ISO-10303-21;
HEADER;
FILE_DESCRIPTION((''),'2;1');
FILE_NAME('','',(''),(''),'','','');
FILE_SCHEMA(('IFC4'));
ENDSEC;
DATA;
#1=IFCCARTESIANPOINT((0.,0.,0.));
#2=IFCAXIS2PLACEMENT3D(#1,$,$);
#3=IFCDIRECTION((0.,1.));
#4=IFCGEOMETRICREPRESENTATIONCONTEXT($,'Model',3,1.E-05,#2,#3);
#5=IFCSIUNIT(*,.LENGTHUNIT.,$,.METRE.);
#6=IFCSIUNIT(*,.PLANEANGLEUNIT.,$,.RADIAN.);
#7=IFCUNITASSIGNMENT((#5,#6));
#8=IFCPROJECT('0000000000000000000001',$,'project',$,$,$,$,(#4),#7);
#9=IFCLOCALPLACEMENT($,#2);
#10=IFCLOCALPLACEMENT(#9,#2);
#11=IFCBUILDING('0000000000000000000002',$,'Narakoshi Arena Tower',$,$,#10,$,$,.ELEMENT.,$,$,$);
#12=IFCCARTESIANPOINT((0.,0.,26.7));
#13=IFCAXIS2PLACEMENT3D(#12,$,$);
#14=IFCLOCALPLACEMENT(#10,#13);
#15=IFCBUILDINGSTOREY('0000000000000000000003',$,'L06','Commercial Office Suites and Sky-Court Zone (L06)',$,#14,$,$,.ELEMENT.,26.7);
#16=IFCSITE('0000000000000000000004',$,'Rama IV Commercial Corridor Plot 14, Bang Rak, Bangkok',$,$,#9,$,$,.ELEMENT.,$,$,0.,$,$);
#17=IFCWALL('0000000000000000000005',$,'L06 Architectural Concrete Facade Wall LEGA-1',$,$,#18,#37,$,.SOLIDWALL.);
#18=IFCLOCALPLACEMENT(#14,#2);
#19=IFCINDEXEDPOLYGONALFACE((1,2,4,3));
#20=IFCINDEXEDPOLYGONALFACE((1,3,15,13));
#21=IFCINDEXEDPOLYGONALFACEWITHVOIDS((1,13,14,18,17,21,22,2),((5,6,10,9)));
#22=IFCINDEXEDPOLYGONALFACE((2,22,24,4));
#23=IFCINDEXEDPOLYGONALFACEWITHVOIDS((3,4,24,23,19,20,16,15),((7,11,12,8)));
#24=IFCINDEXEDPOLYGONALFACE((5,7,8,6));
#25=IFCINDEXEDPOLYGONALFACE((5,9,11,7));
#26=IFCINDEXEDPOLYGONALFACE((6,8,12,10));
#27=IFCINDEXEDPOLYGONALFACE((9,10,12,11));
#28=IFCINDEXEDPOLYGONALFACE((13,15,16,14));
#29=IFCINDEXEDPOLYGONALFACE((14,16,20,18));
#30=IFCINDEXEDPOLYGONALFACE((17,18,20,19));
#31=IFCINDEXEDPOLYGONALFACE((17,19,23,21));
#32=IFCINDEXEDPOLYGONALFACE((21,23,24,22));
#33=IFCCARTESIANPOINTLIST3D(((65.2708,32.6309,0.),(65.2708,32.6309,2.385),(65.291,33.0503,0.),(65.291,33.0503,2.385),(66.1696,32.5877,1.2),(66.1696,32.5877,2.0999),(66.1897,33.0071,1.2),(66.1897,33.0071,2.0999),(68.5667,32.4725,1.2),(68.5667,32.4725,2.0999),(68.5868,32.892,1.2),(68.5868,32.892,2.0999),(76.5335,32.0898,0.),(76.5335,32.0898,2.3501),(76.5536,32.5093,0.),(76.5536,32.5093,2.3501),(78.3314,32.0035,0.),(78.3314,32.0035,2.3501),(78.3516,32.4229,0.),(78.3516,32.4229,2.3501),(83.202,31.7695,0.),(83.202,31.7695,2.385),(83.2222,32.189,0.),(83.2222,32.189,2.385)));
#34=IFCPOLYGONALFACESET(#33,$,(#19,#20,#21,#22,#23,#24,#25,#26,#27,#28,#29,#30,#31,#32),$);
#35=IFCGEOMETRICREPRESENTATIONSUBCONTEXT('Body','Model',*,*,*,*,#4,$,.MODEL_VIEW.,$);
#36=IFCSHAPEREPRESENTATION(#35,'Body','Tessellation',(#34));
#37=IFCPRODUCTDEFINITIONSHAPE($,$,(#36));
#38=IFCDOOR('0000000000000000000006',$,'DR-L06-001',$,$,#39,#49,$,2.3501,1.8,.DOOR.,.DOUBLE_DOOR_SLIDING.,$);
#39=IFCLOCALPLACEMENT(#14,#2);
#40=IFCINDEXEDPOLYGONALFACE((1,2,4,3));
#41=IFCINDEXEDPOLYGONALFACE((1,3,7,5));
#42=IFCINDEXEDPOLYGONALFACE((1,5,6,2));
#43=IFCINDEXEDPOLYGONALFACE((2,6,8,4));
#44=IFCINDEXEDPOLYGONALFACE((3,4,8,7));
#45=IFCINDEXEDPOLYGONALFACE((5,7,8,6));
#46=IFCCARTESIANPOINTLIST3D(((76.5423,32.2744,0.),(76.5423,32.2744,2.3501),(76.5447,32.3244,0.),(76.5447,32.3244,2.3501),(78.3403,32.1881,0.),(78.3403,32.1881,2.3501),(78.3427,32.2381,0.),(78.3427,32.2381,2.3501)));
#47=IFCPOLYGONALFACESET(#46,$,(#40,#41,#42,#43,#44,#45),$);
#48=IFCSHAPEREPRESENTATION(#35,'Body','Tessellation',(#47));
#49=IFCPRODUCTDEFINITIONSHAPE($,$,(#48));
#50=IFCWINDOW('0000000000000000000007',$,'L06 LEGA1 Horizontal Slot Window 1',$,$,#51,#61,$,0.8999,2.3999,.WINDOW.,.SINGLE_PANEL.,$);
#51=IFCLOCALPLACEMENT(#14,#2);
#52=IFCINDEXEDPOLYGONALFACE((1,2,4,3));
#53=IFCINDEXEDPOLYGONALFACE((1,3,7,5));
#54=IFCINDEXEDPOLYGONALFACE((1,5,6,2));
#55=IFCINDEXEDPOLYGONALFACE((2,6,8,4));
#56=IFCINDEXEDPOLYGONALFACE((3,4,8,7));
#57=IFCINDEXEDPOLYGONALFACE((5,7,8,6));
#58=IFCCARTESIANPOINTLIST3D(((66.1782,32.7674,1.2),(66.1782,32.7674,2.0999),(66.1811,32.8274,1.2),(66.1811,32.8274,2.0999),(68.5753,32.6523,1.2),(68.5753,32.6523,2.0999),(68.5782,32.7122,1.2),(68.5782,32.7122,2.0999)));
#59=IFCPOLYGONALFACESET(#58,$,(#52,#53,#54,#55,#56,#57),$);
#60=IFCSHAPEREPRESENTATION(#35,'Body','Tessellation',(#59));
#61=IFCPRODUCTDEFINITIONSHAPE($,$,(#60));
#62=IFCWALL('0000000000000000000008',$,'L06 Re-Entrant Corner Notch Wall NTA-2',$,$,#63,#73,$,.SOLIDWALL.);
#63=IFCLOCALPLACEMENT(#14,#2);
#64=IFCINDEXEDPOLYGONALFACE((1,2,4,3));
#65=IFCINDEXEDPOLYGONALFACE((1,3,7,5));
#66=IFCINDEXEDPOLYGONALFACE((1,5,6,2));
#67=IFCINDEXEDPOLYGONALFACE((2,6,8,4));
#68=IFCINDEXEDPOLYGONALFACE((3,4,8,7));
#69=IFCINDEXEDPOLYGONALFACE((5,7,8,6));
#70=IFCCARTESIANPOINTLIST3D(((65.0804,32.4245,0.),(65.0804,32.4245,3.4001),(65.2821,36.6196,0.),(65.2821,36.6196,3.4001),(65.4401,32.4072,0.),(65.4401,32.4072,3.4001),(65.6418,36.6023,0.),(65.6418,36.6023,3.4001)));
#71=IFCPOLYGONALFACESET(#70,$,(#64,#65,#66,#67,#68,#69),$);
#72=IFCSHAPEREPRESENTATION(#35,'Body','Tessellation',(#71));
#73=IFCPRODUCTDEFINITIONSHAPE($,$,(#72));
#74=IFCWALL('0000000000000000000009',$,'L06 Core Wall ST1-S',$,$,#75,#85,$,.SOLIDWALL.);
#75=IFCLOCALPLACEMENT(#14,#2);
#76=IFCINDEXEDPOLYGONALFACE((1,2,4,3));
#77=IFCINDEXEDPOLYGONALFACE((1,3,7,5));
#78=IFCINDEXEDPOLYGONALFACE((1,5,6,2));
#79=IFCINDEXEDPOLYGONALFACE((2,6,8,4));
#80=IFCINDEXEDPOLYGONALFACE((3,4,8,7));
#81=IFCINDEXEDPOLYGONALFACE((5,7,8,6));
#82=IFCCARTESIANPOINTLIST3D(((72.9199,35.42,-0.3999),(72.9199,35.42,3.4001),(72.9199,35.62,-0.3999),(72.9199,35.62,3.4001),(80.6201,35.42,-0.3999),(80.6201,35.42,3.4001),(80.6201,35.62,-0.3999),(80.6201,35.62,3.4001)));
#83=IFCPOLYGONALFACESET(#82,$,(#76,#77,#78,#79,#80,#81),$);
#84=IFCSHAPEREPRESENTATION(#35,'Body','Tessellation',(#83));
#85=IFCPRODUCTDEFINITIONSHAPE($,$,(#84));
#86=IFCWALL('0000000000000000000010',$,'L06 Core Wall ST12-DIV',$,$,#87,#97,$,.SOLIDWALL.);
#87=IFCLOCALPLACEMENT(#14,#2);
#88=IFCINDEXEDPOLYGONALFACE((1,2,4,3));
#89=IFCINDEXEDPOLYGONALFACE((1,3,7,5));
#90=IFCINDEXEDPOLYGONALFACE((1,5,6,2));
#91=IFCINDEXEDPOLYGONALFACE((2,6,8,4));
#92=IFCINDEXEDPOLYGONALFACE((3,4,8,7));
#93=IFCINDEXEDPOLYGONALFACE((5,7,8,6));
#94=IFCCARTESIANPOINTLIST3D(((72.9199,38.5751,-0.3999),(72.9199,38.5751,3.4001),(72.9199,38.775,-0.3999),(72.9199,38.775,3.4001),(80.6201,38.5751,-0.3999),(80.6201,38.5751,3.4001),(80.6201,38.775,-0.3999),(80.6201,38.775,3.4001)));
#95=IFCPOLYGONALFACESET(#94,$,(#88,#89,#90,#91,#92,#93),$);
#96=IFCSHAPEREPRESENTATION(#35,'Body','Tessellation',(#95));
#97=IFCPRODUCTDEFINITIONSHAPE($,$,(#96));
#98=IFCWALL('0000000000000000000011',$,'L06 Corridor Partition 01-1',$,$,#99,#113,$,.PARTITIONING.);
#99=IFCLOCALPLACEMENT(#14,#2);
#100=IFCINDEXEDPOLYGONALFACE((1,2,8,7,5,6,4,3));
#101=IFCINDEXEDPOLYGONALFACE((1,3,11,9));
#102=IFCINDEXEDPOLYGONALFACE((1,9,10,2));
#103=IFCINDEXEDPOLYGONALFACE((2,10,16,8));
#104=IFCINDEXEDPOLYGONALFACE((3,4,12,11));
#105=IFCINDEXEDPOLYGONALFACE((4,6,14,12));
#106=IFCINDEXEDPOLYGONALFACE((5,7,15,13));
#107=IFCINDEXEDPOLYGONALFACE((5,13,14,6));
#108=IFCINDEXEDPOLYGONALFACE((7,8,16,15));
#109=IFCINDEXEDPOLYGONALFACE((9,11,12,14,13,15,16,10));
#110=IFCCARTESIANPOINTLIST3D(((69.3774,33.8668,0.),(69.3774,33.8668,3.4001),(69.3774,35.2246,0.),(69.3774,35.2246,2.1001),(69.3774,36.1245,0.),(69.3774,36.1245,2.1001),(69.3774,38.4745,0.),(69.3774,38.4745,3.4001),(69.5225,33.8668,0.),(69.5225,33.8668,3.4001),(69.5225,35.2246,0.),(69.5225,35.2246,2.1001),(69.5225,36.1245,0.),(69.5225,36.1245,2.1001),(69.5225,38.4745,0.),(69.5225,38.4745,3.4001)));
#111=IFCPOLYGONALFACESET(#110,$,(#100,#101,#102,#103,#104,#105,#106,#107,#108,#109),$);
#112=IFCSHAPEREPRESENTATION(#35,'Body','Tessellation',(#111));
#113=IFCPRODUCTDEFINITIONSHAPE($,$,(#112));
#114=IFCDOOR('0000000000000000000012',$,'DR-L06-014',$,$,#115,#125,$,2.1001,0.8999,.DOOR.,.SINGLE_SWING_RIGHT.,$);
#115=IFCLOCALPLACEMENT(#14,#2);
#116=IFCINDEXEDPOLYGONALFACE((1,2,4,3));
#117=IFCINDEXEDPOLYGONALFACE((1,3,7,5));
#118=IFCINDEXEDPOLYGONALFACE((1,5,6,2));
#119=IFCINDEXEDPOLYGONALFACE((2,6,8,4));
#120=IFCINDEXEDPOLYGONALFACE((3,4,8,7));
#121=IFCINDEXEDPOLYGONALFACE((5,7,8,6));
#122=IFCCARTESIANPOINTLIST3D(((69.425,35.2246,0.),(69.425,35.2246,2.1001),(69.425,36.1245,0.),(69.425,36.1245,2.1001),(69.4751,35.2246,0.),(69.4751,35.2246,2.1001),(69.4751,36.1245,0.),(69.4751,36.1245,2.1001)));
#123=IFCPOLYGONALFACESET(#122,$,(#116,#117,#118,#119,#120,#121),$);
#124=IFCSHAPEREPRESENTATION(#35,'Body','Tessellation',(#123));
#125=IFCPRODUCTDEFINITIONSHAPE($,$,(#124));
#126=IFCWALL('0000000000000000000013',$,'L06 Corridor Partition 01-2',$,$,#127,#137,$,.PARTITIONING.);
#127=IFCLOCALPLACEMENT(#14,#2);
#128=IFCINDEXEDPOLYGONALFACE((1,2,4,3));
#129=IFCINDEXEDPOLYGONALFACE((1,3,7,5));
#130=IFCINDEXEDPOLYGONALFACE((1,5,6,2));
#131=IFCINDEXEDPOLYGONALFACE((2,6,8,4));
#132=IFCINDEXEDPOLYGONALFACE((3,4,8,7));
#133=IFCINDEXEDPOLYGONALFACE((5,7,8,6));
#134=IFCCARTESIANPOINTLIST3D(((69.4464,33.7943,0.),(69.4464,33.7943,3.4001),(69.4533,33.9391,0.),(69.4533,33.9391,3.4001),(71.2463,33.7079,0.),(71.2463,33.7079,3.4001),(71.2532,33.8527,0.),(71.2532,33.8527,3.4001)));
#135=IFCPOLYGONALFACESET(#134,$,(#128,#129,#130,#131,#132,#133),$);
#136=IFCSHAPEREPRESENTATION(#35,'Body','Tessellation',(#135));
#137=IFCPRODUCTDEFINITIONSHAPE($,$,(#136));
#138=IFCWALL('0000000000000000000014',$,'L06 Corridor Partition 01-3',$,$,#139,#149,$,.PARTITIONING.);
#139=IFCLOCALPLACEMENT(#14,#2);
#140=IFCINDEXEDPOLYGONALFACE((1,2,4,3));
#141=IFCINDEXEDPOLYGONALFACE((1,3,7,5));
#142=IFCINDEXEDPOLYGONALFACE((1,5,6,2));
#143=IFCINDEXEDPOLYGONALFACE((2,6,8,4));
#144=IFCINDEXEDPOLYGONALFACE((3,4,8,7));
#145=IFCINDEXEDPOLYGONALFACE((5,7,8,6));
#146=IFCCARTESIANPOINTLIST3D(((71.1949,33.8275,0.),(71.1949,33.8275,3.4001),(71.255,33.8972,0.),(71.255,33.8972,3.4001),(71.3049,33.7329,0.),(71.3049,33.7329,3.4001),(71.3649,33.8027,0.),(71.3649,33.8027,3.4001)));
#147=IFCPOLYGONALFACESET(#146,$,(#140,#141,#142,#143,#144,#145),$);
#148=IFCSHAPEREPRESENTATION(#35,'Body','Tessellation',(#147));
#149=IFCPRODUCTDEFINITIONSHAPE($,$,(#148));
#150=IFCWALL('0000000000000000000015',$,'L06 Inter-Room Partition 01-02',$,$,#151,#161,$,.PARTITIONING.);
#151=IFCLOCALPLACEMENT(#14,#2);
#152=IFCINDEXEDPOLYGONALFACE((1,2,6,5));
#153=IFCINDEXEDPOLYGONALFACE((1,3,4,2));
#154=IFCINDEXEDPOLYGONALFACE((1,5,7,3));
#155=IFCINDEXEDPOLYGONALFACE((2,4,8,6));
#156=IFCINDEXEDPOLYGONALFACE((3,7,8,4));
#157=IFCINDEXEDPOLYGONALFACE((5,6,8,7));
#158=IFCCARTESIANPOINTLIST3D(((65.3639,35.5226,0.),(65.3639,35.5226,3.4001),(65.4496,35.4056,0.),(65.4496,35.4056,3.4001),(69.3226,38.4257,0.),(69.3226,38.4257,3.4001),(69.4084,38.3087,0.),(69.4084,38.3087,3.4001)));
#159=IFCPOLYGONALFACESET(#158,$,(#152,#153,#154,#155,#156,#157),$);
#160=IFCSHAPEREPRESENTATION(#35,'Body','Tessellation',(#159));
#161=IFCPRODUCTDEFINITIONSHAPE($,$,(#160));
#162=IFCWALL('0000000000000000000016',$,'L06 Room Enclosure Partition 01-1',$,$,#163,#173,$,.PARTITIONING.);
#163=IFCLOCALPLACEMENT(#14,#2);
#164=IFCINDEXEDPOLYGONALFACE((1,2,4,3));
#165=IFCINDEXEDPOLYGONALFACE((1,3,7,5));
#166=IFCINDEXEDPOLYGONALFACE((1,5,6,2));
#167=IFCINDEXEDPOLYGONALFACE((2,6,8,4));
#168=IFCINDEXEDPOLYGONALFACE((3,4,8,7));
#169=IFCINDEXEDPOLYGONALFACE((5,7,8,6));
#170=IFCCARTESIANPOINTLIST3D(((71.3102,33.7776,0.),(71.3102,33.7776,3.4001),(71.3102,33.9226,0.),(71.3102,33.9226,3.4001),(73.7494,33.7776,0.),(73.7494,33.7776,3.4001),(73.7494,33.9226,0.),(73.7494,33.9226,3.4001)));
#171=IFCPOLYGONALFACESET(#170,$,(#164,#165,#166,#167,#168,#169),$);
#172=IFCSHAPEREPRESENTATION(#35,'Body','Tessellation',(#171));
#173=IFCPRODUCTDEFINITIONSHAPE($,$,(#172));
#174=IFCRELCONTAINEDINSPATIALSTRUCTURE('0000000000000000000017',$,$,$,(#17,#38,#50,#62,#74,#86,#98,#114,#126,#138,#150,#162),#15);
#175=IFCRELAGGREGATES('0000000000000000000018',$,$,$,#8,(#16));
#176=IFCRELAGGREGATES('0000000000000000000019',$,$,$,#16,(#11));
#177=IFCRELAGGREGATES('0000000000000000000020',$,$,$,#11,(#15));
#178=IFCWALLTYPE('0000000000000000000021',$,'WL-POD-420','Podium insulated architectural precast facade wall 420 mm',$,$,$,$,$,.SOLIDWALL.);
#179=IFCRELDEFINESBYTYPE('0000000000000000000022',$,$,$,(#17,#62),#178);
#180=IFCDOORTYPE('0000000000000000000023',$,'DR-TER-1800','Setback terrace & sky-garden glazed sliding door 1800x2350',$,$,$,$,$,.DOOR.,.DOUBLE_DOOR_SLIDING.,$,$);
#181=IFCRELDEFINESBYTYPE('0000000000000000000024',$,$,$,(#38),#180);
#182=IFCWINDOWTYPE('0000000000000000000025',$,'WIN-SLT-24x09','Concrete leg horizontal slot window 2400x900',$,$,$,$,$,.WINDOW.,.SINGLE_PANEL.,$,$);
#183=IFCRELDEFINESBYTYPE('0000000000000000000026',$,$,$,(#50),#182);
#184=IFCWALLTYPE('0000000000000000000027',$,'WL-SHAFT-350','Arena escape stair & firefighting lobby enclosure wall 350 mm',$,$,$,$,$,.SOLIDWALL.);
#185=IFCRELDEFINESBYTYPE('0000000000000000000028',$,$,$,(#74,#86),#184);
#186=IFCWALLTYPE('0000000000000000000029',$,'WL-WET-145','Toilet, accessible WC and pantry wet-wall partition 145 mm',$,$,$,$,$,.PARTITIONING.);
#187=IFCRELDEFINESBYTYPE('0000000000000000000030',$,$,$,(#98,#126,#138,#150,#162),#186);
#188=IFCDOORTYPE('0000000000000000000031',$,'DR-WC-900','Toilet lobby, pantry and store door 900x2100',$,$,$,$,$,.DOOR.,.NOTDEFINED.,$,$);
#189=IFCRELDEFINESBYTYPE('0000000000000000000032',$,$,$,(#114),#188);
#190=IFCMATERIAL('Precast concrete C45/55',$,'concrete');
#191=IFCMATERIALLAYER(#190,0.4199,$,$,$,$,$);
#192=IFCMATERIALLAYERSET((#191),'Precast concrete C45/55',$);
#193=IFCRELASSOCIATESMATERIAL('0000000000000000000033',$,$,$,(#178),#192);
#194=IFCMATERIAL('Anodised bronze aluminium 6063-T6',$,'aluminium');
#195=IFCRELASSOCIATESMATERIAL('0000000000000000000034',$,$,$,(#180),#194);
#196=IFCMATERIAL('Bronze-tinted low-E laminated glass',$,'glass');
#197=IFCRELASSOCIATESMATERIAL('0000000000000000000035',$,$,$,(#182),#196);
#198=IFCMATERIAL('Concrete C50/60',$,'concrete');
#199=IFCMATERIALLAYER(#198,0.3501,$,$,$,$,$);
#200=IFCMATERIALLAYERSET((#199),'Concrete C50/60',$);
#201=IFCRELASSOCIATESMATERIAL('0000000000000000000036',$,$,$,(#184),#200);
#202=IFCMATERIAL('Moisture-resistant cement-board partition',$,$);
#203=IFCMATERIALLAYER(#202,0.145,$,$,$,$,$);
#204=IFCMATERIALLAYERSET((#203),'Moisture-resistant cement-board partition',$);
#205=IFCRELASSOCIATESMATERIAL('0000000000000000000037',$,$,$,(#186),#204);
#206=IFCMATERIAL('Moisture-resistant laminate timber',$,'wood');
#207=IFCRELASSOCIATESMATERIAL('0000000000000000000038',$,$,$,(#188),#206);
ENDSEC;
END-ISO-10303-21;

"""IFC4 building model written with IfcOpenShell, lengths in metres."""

from ifc_helpers import new_model, si_unit, direction, frame, frame_2d, origin, place, context, subcontext, project, spatial, rectangle, extrude, material, layer, layer_set, type_object, element, fill, save


model = new_model("IFC4")

# Units and contexts
model_context = context("Model", 3, precision=1e-05, world=origin(), true_north=direction((0.0, 1.0)))
body_context = subcontext(model_context, "Body", "Model", "MODEL_VIEW")
ifc_project = project(units=[si_unit("LENGTHUNIT", "METRE"), si_unit("PLANEANGLEUNIT", "RADIAN")], contexts=[model_context])

# Site, building, storey
site_placement = place(None, origin())
site = spatial("IfcSite", under=ifc_project, at=site_placement, Name="Rama IV Commercial Corridor Plot 14, Bang Rak, Bangkok", CompositionType="ELEMENT", RefElevation=0.0)
building_placement = place(site_placement, origin())
building = spatial("IfcBuilding", under=site, at=building_placement, Name="Narakoshi Arena Tower", CompositionType="ELEMENT")
storey_placement = place(building_placement, frame((0.0, 0.0, 26.7)))
storey = spatial("IfcBuildingStorey", under=building, at=storey_placement, Name="L06", Description="Commercial Office Suites and Sky-Court Zone (L06)", CompositionType="ELEMENT", Elevation=26.7)

# Wall, openings, door, window
ifc_material_1 = material(Name="Precast concrete C45/55", Category="concrete")
ifc_layer_1 = layer(ifc_material_1, 0.4199)
ifc_layer_set_1 = layer_set([ifc_layer_1], Name="Precast concrete C45/55")
wall_type_1 = type_object("IfcWallType", Name="WL-POD-420", Description="Podium insulated architectural precast facade wall 420 mm", PredefinedType="SOLIDWALL", material=ifc_layer_set_1)
wall_1_placement = place(storey_placement, frame((65.2808, 32.8406, 0.0), z_axis=(0.0, 0.0, 1.0), x_axis=(0.998848, -0.04798, 0.0)))
wall_1 = element("IfcWall", 1, at=wall_1_placement, inside=storey, type_object=wall_type_1, Name="L06 Architectural Concrete Facade Wall LEGA-1", PredefinedType="SOLIDWALL", context=body_context, shape_type="SweptSolid", body=[
    extrude(rectangle(XDim=17.9519, YDim=0.4199, at=frame_2d((8.9761, 0.0))), origin(), (0.0, 0.0, 1.0), 2.385),
])
opening_1_placement = place(wall_1_placement, frame((11.2759, 0.0, 0.0)))
opening_1 = element("IfcOpeningElement", 2, at=opening_1_placement, cuts=wall_1, PredefinedType="OPENING", context=body_context, shape_type="SweptSolid", body=[
    extrude(rectangle(XDim=1.8, YDim=2.3501, at=frame_2d((0.8999, 1.175))), frame((0.0, 0.22, 0.0), z_axis=(0.0, -1.0, 0.0), x_axis=(1.0, 0.0, 0.0)), (0.0, 0.0, 1.0), 0.4399),
])
opening_2_placement = place(wall_1_placement, frame((0.8999, 0.0, 1.2)))
opening_2 = element("IfcOpeningElement", 3, at=opening_2_placement, cuts=wall_1, PredefinedType="OPENING", context=body_context, shape_type="SweptSolid", body=[
    extrude(rectangle(XDim=2.3999, YDim=0.8999, at=frame_2d((1.2, 0.45))), frame((0.0, 0.22, 0.0), z_axis=(0.0, -1.0, 0.0), x_axis=(1.0, 0.0, 0.0)), (0.0, 0.0, 1.0), 0.4399),
])
ifc_material_2 = material(Name="Anodised bronze aluminium 6063-T6", Category="aluminium")
door_type_1 = type_object("IfcDoorType", Name="DR-TER-1800", Description="Setback terrace & sky-garden glazed sliding door 1800x2350", OperationType="DOUBLE_DOOR_SLIDING", PredefinedType="DOOR", material=ifc_material_2)
door_1_placement = place(opening_1_placement, origin())
door_1 = element("IfcDoor", 4, at=door_1_placement, inside=storey, type_object=door_type_1, Name="DR-L06-001", OperationType="DOUBLE_DOOR_SLIDING", OverallHeight=2.3501, OverallWidth=1.8, PredefinedType="DOOR", context=body_context, shape_type="SweptSolid", body=[
    extrude(rectangle(XDim=1.8, YDim=2.3501, at=frame_2d((0.8999, 1.175))), frame((0.0, 0.0249, 0.0), z_axis=(0.0, -1.0, 0.0), x_axis=(1.0, 0.0, 0.0)), (0.0, 0.0, 1.0), 0.05),
])
fill(opening_1, door_1)
ifc_material_3 = material(Name="Bronze-tinted low-E laminated glass", Category="glass")
window_type = type_object("IfcWindowType", Name="WIN-SLT-24x09", Description="Concrete leg horizontal slot window 2400x900", PartitioningType="SINGLE_PANEL", PredefinedType="WINDOW", material=ifc_material_3)
window_placement = place(opening_2_placement, origin())
window = element("IfcWindow", 5, at=window_placement, inside=storey, type_object=window_type, Name="L06 LEGA1 Horizontal Slot Window 1", OverallHeight=0.8999, OverallWidth=2.3999, PartitioningType="SINGLE_PANEL", PredefinedType="WINDOW", context=body_context, shape_type="SweptSolid", body=[
    extrude(rectangle(XDim=2.3999, YDim=0.8999, at=frame_2d((1.2, 0.45))), frame((0.0, 0.03, 0.0), z_axis=(0.0, -1.0, 0.0), x_axis=(1.0, 0.0, 0.0)), (0.0, 0.0, 1.0), 0.0601),
])
fill(opening_2, window)

# Walls
wall_2_placement = place(storey_placement, frame((65.4619, 36.6111, 0.0), z_axis=(0.0, 0.0, 1.0), x_axis=(-0.048015, -0.998847, 0.0)))
element("IfcWall", 6, at=wall_2_placement, inside=storey, type_object=wall_type_1, Name="L06 Re-Entrant Corner Notch Wall NTA-2", PredefinedType="SOLIDWALL", context=body_context, shape_type="SweptSolid", body=[
    extrude(rectangle(XDim=4.2, YDim=0.3601, at=frame_2d((2.1001, 0.0))), origin(), (0.0, 0.0, 1.0), 3.4001),
])
ifc_material_4 = material(Name="Concrete C50/60", Category="concrete")
ifc_layer_2 = layer(ifc_material_4, 0.3501)
ifc_layer_set_2 = layer_set([ifc_layer_2], Name="Concrete C50/60")
wall_type_2 = type_object("IfcWallType", Name="WL-SHAFT-350", Description="Arena escape stair & firefighting lobby enclosure wall 350 mm", PredefinedType="SOLIDWALL", material=ifc_layer_set_2)
for number, where, z_axis, x_axis, name in (
    (7, (72.9199, 35.52, -0.3999), (0.0, 0.0, 1.0), (1.0, 0.0, 0.0), "L06 Core Wall ST1-S"),
    (8, (72.9199, 38.675, -0.3999), (0.0, 0.0, 1.0), (1.0, 0.0, 0.0), "L06 Core Wall ST12-DIV"),
):
    element("IfcWall", number, at=place(storey_placement, frame(where, z_axis=z_axis, x_axis=x_axis)), inside=storey, type_object=wall_type_2, Name=name, PredefinedType="SOLIDWALL", context=body_context, shape_type="SweptSolid", body=[
        extrude(rectangle(XDim=7.7002, YDim=0.2, at=frame_2d((3.8501, 0.0))), origin(), (0.0, 0.0, 1.0), 3.8),
    ])

# Wall, opening, door
ifc_material_5 = material(Name="Moisture-resistant cement-board partition")
ifc_layer_3 = layer(ifc_material_5, 0.145)
ifc_layer_set_3 = layer_set([ifc_layer_3], Name="Moisture-resistant cement-board partition")
wall_type_3 = type_object("IfcWallType", Name="WL-WET-145", Description="Toilet, accessible WC and pantry wet-wall partition 145 mm", PredefinedType="PARTITIONING", material=ifc_layer_set_3)
wall_3_placement = place(storey_placement, frame((69.45, 38.4744, 0.0), z_axis=(0.0, 0.0, 1.0), x_axis=(0.0, -1.0, 0.0)))
wall_3 = element("IfcWall", 9, at=wall_3_placement, inside=storey, type_object=wall_type_3, Name="L06 Corridor Partition 01-1", PredefinedType="PARTITIONING", context=body_context, shape_type="SweptSolid", body=[
    extrude(rectangle(XDim=4.6077, YDim=0.145, at=frame_2d((2.3037, 0.0))), origin(), (0.0, 0.0, 1.0), 3.4001),
])
opening_3_placement = place(wall_3_placement, frame((2.3499, 0.0, 0.0)))
opening_3 = element("IfcOpeningElement", 10, at=opening_3_placement, cuts=wall_3, PredefinedType="OPENING", context=body_context, shape_type="SweptSolid", body=[
    extrude(rectangle(XDim=0.8999, YDim=2.1001, at=frame_2d((0.45, 1.05))), frame((0.0, 0.0825, 0.0), z_axis=(0.0, -1.0, 0.0), x_axis=(1.0, 0.0, 0.0)), (0.0, 0.0, 1.0), 0.165),
])
ifc_material_6 = material(Name="Moisture-resistant laminate timber", Category="wood")
door_type_2 = type_object("IfcDoorType", Name="DR-WC-900", Description="Toilet lobby, pantry and store door 900x2100", OperationType="NOTDEFINED", PredefinedType="DOOR", material=ifc_material_6)
door_2_placement = place(opening_3_placement, frame((0.8999, 0.0, 0.0), z_axis=(0.0, 0.0, 1.0), x_axis=(-1.0, 0.0, 0.0)))
door_2 = element("IfcDoor", 11, at=door_2_placement, inside=storey, type_object=door_type_2, Name="DR-L06-014", OperationType="SINGLE_SWING_RIGHT", OverallHeight=2.1001, OverallWidth=0.8999, PredefinedType="DOOR", context=body_context, shape_type="SweptSolid", body=[
    extrude(rectangle(XDim=0.8999, YDim=2.1001, at=frame_2d((0.45, 1.05))), frame((0.0, 0.0249, 0.0), z_axis=(0.0, -1.0, 0.0), x_axis=(1.0, 0.0, 0.0)), (0.0, 0.0, 1.0), 0.05),
])
fill(opening_3, door_2)

# Walls
wall_4_placement = place(storey_placement, frame((69.45, 33.8667, 0.0), z_axis=(0.0, 0.0, 1.0), x_axis=(0.998849, -0.047958, 0.0)))
element("IfcWall", 12, at=wall_4_placement, inside=storey, type_object=wall_type_3, Name="L06 Corridor Partition 01-2", PredefinedType="PARTITIONING", context=body_context, shape_type="SweptSolid", body=[
    extrude(rectangle(XDim=1.802, YDim=0.145, at=frame_2d((0.9009, 0.0))), origin(), (0.0, 0.0, 1.0), 3.4001),
])
wall_5_placement = place(storey_placement, frame((71.25, 33.7803, 0.0), z_axis=(0.0, 0.0, 1.0), x_axis=(0.6521, 0.758133, 0.0)))
element("IfcWall", 13, at=wall_5_placement, inside=storey, type_object=wall_type_3, Name="L06 Corridor Partition 01-3", PredefinedType="PARTITIONING", context=body_context, shape_type="SweptSolid", body=[
    extrude(rectangle(XDim=0.092, YDim=0.145, at=frame_2d((0.0459, 0.0))), origin(), (0.0, 0.0, 1.0), 3.4001),
])
wall_6_placement = place(storey_placement, frame((65.4067, 35.4641, 0.0), z_axis=(0.0, 0.0, 1.0), x_axis=(0.806405, 0.591364, 0.0)))
element("IfcWall", 14, at=wall_6_placement, inside=storey, type_object=wall_type_3, Name="L06 Inter-Room Partition 01-02", PredefinedType="PARTITIONING", context=body_context, shape_type="SweptSolid", body=[
    extrude(rectangle(XDim=4.9092, YDim=0.145, at=frame_2d((2.4546, 0.0))), origin(), (0.0, 0.0, 1.0), 3.4001),
])

# Wall
wall_7_placement = place(storey_placement, frame((71.3101, 33.8501, 0.0), z_axis=(0.0, 0.0, 1.0), x_axis=(1.0, 0.0, 0.0)))
element("IfcWall", 15, at=wall_7_placement, inside=storey, type_object=wall_type_3, Name="L06 Room Enclosure Partition 01-1", PredefinedType="PARTITIONING", context=body_context, shape_type="SweptSolid", body=[
    extrude(rectangle(XDim=2.4392, YDim=0.145, at=frame_2d((1.2197, 0.0))), origin(), (0.0, 0.0, 1.0), 3.4001),
])

save(model, "model.ifc")
